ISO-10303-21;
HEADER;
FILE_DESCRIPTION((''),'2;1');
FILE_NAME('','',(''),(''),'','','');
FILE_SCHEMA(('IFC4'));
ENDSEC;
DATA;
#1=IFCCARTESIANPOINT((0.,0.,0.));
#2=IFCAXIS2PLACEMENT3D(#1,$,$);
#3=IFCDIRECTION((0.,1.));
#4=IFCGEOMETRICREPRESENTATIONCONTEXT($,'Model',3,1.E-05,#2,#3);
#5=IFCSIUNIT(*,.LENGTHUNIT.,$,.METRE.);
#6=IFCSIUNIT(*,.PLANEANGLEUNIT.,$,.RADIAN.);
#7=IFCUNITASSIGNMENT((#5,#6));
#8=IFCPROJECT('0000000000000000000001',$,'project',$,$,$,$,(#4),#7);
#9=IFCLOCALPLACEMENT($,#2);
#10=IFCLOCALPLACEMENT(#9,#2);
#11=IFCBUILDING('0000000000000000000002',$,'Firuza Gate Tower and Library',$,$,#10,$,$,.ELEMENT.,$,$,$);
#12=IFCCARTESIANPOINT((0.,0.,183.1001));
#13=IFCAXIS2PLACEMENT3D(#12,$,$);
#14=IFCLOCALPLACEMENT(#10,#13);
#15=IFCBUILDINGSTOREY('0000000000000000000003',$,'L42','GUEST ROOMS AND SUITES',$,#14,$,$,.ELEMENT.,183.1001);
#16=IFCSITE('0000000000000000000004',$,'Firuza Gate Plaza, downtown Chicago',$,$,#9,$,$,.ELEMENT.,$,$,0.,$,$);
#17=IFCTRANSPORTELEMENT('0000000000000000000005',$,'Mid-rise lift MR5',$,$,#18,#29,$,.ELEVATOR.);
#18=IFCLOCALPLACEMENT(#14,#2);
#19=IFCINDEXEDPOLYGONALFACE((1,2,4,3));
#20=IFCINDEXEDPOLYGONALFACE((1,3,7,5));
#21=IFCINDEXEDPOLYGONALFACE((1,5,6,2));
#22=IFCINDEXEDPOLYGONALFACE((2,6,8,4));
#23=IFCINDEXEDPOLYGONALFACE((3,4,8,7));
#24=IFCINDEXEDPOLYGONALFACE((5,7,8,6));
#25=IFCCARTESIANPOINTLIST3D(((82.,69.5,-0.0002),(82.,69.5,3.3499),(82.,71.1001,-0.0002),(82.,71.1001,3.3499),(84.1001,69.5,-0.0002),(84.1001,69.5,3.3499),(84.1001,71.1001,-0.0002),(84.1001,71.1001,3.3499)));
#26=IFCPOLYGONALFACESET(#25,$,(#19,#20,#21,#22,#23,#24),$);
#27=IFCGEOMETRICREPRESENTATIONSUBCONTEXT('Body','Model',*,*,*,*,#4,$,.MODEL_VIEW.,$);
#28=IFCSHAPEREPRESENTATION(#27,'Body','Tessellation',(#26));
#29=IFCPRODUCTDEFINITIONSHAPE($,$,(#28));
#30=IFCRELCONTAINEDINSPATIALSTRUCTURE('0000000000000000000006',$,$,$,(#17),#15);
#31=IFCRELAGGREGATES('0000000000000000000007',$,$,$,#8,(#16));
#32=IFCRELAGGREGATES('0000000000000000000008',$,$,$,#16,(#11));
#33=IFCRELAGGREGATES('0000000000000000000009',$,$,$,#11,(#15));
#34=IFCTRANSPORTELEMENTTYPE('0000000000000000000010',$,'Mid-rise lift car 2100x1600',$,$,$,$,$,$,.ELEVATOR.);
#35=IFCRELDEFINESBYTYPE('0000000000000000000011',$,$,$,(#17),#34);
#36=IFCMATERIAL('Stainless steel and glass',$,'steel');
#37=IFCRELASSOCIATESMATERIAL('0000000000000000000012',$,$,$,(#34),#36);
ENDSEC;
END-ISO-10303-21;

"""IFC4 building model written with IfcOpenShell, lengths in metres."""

from ifc_helpers import new_model, si_unit, direction, frame, origin, origin_2d, place, context, subcontext, project, spatial, rectangle, extrude, material, type_object, element, save


model = new_model("IFC4")

# Units and contexts
model_context = context("Model", 3, precision=1e-05, world=origin(), true_north=direction((0.0, 1.0)))
body_context = subcontext(model_context, "Body", "Model", "MODEL_VIEW")
ifc_project = project(units=[si_unit("LENGTHUNIT", "METRE"), si_unit("PLANEANGLEUNIT", "RADIAN")], contexts=[model_context])

# Site, building, storey
site_placement = place(None, origin())
site = spatial("IfcSite", under=ifc_project, at=site_placement, Name="Firuza Gate Plaza, downtown Chicago", CompositionType="ELEMENT", RefElevation=0.0)
building_placement = place(site_placement, origin())
building = spatial("IfcBuilding", under=site, at=building_placement, Name="Firuza Gate Tower and Library", CompositionType="ELEMENT")
storey_placement = place(building_placement, frame((0.0, 0.0, 183.1001)))
storey = spatial("IfcBuildingStorey", under=building, at=storey_placement, Name="L42", Description="GUEST ROOMS AND SUITES", CompositionType="ELEMENT", Elevation=183.1001)

# Transport element
ifc_material_1 = material(Name="Stainless steel and glass", Category="steel")
transport_element_type = type_object("IfcTransportElementType", Name="Mid-rise lift car 2100x1600", PredefinedType="ELEVATOR", material=ifc_material_1)
for number, where, z_axis, x_axis, name in (
    (1, (83.05, 70.3, -0.0002), (0.0, 0.0, 1.0), (1.0, 0.0, 0.0), "Mid-rise lift MR5"),
):
    element("IfcTransportElement", number, at=place(storey_placement, frame(where, z_axis=z_axis, x_axis=x_axis)), inside=storey, type_object=transport_element_type, Name=name, PredefinedType="ELEVATOR", context=body_context, shape_type="SweptSolid", body=[
        extrude(rectangle(XDim=2.1001, YDim=1.6001, at=origin_2d()), origin(), (0.0, 0.0, 1.0), 3.3501),
    ])

save(model, "model.ifc")
